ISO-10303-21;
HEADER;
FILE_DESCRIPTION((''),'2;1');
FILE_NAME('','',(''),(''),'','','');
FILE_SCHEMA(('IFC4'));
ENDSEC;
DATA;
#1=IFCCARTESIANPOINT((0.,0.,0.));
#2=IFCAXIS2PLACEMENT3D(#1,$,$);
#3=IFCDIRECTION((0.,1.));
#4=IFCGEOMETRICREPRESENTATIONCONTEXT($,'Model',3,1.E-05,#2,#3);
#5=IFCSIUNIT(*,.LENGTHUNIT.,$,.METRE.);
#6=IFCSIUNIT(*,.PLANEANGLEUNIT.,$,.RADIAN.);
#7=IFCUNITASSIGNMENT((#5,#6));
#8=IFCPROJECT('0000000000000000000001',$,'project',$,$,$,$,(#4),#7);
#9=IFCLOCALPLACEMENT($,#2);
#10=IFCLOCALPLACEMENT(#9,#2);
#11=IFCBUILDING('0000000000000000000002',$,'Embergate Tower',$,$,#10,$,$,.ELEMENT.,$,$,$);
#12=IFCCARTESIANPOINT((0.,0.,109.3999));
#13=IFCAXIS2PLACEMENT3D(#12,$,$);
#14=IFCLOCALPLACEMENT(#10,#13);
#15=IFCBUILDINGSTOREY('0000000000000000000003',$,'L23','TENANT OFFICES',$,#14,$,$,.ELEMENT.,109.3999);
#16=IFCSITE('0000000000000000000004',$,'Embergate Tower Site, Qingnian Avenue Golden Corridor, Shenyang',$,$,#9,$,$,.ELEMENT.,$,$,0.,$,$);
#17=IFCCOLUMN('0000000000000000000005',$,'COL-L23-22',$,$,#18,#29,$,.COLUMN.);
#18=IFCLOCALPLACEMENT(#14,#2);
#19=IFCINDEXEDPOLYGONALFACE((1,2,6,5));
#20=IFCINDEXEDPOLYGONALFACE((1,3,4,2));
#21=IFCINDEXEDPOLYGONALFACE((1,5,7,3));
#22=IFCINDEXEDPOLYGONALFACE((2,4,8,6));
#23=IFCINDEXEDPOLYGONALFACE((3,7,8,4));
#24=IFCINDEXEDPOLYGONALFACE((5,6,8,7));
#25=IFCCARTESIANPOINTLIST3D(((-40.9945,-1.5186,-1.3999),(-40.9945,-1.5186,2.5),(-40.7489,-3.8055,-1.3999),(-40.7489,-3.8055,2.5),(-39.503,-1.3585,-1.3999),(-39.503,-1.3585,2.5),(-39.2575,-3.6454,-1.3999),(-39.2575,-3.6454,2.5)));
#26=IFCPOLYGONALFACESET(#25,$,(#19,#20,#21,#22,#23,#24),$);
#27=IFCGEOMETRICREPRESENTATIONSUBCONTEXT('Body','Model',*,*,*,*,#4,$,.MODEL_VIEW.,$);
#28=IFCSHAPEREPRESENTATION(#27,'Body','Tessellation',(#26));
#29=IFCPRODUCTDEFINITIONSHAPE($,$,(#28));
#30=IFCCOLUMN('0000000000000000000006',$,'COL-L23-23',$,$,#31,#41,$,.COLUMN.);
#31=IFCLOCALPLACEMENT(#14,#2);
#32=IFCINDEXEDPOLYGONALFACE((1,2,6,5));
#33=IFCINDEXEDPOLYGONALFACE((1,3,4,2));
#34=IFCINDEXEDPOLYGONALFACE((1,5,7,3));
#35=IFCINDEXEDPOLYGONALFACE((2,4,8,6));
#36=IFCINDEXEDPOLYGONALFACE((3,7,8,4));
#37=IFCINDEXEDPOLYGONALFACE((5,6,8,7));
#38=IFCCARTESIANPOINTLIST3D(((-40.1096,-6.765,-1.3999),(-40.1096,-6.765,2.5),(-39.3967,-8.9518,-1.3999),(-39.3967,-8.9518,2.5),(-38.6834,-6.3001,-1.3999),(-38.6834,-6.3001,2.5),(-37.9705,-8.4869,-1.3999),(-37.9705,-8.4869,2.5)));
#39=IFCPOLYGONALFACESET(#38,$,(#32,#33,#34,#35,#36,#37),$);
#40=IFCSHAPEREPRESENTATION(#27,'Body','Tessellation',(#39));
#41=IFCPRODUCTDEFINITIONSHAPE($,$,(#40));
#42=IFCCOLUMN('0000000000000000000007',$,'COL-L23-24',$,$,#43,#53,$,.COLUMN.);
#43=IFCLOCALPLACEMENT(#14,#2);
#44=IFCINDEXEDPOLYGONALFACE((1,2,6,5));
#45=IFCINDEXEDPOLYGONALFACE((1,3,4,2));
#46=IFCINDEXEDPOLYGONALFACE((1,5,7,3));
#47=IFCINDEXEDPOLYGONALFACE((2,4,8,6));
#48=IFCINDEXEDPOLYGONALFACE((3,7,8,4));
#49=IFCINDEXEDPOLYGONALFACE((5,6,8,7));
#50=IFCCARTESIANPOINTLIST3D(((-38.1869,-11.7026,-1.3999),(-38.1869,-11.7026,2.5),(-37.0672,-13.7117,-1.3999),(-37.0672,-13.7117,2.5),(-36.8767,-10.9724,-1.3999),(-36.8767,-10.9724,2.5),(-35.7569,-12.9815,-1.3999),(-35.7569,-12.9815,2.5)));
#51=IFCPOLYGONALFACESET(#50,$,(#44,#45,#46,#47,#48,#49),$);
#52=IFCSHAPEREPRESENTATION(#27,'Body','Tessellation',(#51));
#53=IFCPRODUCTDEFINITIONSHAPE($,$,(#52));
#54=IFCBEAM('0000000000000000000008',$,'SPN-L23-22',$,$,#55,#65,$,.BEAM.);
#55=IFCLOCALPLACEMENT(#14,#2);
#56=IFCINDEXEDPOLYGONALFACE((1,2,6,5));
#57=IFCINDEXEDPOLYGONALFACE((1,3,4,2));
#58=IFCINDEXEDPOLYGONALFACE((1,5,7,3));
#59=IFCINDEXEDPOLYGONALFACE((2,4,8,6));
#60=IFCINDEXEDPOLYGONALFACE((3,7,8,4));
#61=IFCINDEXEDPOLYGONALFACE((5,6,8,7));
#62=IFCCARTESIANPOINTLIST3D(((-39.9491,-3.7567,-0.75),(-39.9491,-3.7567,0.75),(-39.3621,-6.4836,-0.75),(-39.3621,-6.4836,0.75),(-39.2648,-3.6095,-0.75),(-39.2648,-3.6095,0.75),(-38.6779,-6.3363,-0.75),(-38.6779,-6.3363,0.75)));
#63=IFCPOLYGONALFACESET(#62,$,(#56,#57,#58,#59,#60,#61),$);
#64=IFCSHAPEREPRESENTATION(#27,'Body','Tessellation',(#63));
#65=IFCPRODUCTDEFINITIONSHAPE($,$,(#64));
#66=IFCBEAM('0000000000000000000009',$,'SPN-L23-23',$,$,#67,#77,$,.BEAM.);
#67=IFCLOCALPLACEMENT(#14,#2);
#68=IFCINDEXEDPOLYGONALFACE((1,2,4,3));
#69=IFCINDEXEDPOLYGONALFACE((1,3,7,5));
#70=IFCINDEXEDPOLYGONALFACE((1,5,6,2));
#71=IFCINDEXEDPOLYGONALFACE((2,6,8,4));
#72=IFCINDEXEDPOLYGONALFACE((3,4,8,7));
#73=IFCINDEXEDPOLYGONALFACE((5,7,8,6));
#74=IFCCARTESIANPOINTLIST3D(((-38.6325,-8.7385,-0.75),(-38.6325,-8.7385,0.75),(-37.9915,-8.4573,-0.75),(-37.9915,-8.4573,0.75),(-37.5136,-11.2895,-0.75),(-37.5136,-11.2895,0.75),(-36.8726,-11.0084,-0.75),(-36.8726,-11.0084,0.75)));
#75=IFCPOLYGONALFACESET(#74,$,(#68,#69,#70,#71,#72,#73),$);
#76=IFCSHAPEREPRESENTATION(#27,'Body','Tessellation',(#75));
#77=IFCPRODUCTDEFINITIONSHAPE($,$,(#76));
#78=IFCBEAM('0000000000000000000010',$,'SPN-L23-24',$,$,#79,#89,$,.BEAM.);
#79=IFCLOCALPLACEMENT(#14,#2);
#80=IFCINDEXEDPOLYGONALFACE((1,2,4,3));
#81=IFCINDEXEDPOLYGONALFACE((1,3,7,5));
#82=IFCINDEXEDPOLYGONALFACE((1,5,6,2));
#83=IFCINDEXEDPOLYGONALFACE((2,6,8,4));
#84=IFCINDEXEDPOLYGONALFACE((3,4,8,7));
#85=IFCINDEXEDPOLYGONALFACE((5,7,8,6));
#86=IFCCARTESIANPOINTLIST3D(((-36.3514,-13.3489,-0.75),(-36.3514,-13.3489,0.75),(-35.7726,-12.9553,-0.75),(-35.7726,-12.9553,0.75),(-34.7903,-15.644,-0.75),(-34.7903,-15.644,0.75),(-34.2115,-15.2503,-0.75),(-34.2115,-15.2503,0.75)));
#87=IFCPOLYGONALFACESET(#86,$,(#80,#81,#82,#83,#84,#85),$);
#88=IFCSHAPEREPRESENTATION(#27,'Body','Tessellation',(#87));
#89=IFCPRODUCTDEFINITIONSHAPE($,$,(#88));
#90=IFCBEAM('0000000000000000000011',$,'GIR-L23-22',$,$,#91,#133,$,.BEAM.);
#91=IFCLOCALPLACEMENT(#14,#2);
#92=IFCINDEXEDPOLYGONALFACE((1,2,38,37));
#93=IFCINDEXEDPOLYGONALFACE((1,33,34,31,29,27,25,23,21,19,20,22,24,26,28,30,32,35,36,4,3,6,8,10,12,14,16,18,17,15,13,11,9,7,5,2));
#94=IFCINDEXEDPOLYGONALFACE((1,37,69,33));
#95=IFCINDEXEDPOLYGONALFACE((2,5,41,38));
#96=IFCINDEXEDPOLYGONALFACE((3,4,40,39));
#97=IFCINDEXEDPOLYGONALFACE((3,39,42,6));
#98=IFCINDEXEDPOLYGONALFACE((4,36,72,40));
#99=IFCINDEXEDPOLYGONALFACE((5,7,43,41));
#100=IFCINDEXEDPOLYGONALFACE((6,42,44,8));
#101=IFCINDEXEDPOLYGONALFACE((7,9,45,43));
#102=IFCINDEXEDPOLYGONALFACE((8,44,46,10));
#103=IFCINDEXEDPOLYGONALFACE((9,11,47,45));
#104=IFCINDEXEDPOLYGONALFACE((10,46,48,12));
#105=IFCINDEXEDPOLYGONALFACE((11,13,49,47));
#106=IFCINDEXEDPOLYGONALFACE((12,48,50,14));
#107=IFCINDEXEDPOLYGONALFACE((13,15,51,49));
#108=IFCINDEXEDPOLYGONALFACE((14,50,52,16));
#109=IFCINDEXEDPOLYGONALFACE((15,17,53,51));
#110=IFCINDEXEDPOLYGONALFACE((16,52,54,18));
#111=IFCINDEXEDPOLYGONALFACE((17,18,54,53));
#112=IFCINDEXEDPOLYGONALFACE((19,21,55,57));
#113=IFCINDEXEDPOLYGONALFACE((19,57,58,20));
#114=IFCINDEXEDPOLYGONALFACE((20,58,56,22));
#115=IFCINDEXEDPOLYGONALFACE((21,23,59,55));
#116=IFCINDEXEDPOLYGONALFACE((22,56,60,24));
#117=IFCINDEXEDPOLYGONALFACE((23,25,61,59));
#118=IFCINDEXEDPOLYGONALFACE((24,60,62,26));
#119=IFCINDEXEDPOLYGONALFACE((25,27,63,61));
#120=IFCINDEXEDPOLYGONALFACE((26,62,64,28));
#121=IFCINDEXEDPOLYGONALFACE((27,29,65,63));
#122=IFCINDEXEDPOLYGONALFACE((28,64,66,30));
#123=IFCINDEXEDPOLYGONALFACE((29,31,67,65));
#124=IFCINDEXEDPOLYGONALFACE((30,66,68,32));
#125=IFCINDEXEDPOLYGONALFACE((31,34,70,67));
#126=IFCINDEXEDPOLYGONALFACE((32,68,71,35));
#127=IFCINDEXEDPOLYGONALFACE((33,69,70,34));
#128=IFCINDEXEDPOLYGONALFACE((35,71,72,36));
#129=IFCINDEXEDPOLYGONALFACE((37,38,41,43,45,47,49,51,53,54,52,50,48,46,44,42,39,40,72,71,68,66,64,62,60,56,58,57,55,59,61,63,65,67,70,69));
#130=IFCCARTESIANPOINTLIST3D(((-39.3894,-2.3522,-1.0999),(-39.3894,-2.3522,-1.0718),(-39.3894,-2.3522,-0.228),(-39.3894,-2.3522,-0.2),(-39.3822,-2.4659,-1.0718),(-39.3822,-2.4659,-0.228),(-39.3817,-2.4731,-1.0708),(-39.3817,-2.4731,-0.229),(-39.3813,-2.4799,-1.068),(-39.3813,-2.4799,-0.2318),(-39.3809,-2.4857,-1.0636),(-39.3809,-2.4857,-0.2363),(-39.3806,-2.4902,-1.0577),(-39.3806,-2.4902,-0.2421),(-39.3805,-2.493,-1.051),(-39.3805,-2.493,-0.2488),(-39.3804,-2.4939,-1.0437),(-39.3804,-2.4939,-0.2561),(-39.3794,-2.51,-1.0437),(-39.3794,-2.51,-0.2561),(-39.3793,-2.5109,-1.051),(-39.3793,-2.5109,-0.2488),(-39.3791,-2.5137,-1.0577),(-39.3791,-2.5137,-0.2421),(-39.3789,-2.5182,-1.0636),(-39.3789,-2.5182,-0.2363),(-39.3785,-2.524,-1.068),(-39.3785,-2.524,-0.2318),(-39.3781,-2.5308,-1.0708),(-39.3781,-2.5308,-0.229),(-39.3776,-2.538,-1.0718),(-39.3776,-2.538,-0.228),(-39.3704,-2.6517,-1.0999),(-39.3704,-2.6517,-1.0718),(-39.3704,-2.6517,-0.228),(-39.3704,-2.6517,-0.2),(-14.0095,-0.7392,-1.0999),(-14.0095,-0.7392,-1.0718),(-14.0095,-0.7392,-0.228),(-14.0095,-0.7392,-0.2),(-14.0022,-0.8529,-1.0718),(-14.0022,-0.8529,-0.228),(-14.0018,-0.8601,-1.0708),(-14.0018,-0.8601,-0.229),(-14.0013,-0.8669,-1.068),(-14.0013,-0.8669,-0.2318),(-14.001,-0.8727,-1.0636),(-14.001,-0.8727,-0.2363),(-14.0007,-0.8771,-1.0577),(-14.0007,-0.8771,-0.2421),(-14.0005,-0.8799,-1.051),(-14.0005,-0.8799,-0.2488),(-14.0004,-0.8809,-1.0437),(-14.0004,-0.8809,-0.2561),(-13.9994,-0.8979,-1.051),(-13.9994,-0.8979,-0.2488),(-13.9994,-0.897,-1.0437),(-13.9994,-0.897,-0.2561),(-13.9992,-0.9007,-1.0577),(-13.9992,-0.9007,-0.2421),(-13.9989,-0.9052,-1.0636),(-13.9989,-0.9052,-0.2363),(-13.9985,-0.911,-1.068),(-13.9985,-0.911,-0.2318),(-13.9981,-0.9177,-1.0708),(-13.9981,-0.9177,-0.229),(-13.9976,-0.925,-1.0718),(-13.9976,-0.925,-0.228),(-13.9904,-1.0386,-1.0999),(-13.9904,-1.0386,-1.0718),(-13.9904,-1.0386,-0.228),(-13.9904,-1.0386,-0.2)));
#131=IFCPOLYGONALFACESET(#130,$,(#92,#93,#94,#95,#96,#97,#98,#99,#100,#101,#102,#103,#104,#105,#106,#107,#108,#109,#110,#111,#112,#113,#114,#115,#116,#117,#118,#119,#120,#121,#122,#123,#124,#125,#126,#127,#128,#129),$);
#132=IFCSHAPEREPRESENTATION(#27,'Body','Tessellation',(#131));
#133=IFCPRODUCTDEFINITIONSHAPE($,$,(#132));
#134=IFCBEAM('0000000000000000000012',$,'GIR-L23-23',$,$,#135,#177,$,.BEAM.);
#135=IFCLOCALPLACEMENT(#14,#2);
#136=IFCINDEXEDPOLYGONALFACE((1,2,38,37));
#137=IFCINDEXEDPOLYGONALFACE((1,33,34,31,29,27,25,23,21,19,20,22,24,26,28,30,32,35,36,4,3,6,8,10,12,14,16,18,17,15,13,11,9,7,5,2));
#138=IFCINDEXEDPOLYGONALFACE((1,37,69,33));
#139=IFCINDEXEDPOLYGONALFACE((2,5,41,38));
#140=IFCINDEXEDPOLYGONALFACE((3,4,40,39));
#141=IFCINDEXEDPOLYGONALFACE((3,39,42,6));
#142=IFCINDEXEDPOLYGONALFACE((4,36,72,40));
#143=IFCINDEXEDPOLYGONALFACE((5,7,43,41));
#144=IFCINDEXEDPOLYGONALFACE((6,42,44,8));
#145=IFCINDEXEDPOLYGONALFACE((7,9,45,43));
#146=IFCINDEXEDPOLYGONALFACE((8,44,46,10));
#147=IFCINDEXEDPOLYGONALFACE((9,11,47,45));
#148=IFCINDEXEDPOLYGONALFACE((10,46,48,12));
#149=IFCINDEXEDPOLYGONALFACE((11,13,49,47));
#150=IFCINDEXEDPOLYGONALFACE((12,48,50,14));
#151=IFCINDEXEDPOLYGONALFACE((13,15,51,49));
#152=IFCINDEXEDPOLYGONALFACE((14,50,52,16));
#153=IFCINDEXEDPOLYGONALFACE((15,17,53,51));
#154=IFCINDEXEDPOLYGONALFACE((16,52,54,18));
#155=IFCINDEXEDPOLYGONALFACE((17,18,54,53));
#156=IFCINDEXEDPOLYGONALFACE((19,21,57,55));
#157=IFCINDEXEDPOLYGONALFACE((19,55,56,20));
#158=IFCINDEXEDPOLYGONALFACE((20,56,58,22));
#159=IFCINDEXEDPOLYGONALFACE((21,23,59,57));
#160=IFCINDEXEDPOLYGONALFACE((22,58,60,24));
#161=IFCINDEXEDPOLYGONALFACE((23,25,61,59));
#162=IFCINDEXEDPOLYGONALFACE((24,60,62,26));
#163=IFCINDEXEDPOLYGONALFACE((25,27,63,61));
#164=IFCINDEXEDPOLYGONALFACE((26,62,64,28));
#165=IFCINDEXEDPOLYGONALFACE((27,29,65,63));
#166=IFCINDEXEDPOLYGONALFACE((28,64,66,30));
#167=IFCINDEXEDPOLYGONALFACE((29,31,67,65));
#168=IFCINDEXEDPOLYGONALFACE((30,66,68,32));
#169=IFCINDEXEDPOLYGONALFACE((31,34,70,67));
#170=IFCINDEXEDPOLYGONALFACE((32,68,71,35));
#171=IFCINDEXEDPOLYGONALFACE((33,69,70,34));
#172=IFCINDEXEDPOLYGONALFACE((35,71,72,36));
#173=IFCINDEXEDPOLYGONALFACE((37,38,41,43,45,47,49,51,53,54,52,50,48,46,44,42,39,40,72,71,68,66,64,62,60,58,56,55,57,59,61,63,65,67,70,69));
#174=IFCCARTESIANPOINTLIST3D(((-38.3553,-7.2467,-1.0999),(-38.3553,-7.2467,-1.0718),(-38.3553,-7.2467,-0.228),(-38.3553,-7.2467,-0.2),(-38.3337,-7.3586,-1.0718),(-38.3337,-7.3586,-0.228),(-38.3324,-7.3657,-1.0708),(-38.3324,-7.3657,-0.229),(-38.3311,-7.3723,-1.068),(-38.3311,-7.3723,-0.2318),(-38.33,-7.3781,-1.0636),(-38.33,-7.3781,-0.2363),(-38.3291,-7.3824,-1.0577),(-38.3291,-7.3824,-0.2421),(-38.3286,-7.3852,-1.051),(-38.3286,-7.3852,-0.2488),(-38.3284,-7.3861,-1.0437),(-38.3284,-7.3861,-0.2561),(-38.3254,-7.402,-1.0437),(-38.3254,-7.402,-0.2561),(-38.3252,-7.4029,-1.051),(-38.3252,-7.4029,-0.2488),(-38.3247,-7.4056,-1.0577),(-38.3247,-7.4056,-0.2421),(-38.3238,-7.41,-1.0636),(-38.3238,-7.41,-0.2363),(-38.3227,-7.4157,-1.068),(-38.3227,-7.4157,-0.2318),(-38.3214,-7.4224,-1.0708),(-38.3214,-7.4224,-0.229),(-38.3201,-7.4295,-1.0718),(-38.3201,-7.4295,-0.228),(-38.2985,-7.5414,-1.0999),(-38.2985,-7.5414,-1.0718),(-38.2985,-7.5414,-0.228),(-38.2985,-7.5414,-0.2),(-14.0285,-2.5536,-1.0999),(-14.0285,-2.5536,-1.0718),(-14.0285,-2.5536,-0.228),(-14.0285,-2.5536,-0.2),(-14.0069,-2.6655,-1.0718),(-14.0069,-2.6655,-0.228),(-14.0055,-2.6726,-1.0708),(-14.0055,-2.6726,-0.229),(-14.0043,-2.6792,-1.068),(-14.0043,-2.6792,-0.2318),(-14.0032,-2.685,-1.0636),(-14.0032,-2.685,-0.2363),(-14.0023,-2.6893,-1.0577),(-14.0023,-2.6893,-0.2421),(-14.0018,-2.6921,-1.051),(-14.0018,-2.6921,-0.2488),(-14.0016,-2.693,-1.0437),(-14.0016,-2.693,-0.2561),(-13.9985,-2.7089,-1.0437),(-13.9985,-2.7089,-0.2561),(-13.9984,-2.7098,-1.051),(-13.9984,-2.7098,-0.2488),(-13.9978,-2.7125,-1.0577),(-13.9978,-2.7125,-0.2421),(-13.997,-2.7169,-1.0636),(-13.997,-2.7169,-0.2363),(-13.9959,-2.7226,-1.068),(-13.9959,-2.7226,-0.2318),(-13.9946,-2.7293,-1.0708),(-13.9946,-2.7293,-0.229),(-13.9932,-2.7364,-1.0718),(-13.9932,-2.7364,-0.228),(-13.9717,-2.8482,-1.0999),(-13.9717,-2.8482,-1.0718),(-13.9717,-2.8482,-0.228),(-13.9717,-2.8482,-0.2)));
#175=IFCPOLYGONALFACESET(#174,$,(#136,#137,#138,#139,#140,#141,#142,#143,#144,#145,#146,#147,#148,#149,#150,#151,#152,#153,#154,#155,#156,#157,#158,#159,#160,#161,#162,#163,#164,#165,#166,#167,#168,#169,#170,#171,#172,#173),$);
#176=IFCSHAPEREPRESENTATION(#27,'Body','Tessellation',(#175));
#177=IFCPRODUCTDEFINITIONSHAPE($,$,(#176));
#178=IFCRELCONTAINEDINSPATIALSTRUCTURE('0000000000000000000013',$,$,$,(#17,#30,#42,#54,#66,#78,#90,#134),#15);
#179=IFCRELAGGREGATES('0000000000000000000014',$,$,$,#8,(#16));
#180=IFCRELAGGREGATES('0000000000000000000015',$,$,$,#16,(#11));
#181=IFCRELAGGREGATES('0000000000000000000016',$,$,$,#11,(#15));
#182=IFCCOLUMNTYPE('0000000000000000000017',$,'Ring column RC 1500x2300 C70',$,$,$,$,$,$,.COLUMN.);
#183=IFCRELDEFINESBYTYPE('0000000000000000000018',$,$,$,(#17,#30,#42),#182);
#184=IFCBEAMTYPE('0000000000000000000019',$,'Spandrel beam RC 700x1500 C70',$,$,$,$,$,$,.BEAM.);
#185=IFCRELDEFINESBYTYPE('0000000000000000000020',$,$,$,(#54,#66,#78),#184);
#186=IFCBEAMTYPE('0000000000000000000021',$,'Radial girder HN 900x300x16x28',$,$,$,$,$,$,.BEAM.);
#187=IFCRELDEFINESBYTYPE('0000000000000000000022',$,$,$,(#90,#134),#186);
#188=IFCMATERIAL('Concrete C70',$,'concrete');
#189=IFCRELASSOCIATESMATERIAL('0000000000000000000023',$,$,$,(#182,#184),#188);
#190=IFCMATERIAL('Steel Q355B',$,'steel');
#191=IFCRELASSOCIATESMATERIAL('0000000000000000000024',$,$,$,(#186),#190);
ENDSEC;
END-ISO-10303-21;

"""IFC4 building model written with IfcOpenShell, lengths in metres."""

from ifc_helpers import new_model, si_unit, direction, frame, origin, origin_2d, place, context, subcontext, project, spatial, rectangle, i_section, extrude, source, transform, mapped, material, material_profile, profile_set, type_object, element, save


model = new_model("IFC4")

# Units and contexts
model_context = context("Model", 3, precision=1e-05, world=origin(), true_north=direction((0.0, 1.0)))
body_context = subcontext(model_context, "Body", "Model", "MODEL_VIEW")
ifc_project = project(units=[si_unit("LENGTHUNIT", "METRE"), si_unit("PLANEANGLEUNIT", "RADIAN")], contexts=[model_context])

# Site, building, storey
site_placement = place(None, origin())
site = spatial("IfcSite", under=ifc_project, at=site_placement, Name="Embergate Tower Site, Qingnian Avenue Golden Corridor, Shenyang", CompositionType="ELEMENT", RefElevation=0.0)
building_placement = place(site_placement, origin())
building = spatial("IfcBuilding", under=site, at=building_placement, Name="Embergate Tower", CompositionType="ELEMENT")
storey_placement = place(building_placement, frame((0.0, 0.0, 109.3999)))
storey = spatial("IfcBuildingStorey", under=building, at=storey_placement, Name="L23", Description="TENANT OFFICES", CompositionType="ELEMENT", Elevation=109.3999)

# Columns
ifc_material_1 = material(Name="Concrete C70", Category="concrete")
ifc_material_profile_1 = material_profile(ifc_material_1, rectangle(XDim=1.5, YDim=2.3, at=origin_2d()), Name="RC 1500x2300")
ifc_profile_set_1 = profile_set([ifc_material_profile_1], Name="Concrete C70")
column_type = type_object("IfcColumnType", Name="Ring column RC 1500x2300 C70", PredefinedType="COLUMN", material=ifc_profile_set_1)
shared_shape_1 = source(origin(), body_context, "Body", "SweptSolid", [
    extrude(rectangle(XDim=1.5, YDim=2.3, at=origin_2d()), origin(), (0.0, 0.0, 1.0), 3.8999),
])
for number, where, z_axis, x_axis, name in (
    (1, (-40.126, -2.582, -1.3999), (0.0, 0.0, 1.0), (-0.994286, -0.10675, 0.0), "COL-L23-22"),
    (2, (-39.04, -7.626, -1.3999), (0.0, 0.0, 1.0), (-0.950754, -0.309946, 0.0), "COL-L23-23"),
    (3, (-36.9719, -12.342, -1.3999), (0.0, 0.0, 1.0), (-0.8735, -0.486823, 0.0), "COL-L23-24"),
):
    element("IfcColumn", number, at=place(storey_placement, frame(where, z_axis=z_axis, x_axis=x_axis)), inside=storey, type_object=column_type, Name=name, PredefinedType="COLUMN", context=body_context, shape_type="MappedRepresentation", body=[
        mapped(shared_shape_1, transform((0.0, 0.0, 0.0))),
    ])

# Beams
ifc_material_profile_2 = material_profile(ifc_material_1, rectangle(XDim=0.7, YDim=1.5, at=origin_2d()), Name="RC 700x1500")
ifc_profile_set_2 = profile_set([ifc_material_profile_2], Name="Concrete C70")
beam_type_1 = type_object("IfcBeamType", Name="Spandrel beam RC 700x1500 C70", PredefinedType="BEAM", material=ifc_profile_set_2)
shared_shape_2 = source(origin(), body_context, "Body", "SweptSolid", [
    extrude(rectangle(XDim=0.7, YDim=1.5, at=origin_2d()), origin(), (0.0, 0.0, 1.0), 2.7893),
])
beam_1_placement = place(storey_placement, frame((-39.6069, -3.6831, 0.0), z_axis=(0.21042, -0.977611, 0.0), x_axis=(0.977611, 0.21042, 0.0)))
element("IfcBeam", 4, at=beam_1_placement, inside=storey, type_object=beam_type_1, Name="SPN-L23-22", PredefinedType="BEAM", context=body_context, shape_type="MappedRepresentation", body=[
    mapped(shared_shape_2, transform((0.0, 0.0, 0.0))),
])
shared_shape_3 = source(origin(), body_context, "Body", "SweptSolid", [
    extrude(rectangle(XDim=0.7, YDim=1.5, at=origin_2d()), origin(), (0.0, 0.0, 1.0), 2.7856),
])
beam_2_placement = place(storey_placement, frame((-38.312, -8.5979, 0.0), z_axis=(0.401669, -0.915785, 0.0), x_axis=(0.915785, 0.401669, 0.0)))
element("IfcBeam", 5, at=beam_2_placement, inside=storey, type_object=beam_type_1, Name="SPN-L23-23", PredefinedType="BEAM", context=body_context, shape_type="MappedRepresentation", body=[
    mapped(shared_shape_3, transform((0.0, 0.0, 0.0))),
])
shared_shape_4 = source(origin(), body_context, "Body", "SweptSolid", [
    extrude(rectangle(XDim=0.7, YDim=1.5, at=origin_2d()), origin(), (0.0, 0.0, 1.0), 2.7756),
])
beam_3_placement = place(storey_placement, frame((-36.062, -13.1521, 0.0), z_axis=(0.56243, -0.826845, 0.0), x_axis=(0.826845, 0.56243, 0.0)))
element("IfcBeam", 6, at=beam_3_placement, inside=storey, type_object=beam_type_1, Name="SPN-L23-24", PredefinedType="BEAM", context=body_context, shape_type="MappedRepresentation", body=[
    mapped(shared_shape_4, transform((0.0, 0.0, 0.0))),
])
ifc_material_2 = material(Name="Steel Q355B", Category="steel")
ifc_material_profile_3 = material_profile(ifc_material_2, i_section(OverallWidth=0.3, OverallDepth=0.8999, WebThickness=0.0161, FlangeThickness=0.0281, FilletRadius=0.0281, at=origin_2d()), Name="HN 900x300x16x28")
ifc_profile_set_3 = profile_set([ifc_material_profile_3], Name="Steel Q355 grade B")
beam_type_2 = type_object("IfcBeamType", Name="Radial girder HN 900x300x16x28", PredefinedType="BEAM", material=ifc_profile_set_3)
shared_shape_5 = source(origin(), body_context, "Body", "SweptSolid", [
    extrude(i_section(OverallWidth=0.3, OverallDepth=0.8999, WebThickness=0.0161, FlangeThickness=0.0281, FilletRadius=0.0281, at=origin_2d()), origin(), (0.0, 0.0, 1.0), 25.4312),
])
beam_4_placement = place(storey_placement, frame((-39.3799, -2.502, -0.6499), z_axis=(0.997986, 0.063428, 0.0), x_axis=(-0.063428, 0.997986, 0.0)))
element("IfcBeam", 7, at=beam_4_placement, inside=storey, type_object=beam_type_2, Name="GIR-L23-22", PredefinedType="BEAM", context=body_context, shape_type="MappedRepresentation", body=[
    mapped(shared_shape_5, transform((0.0, 0.0, 0.0))),
])
shared_shape_6 = source(origin(), body_context, "Body", "SweptSolid", [
    extrude(i_section(OverallWidth=0.3, OverallDepth=0.8999, WebThickness=0.0161, FlangeThickness=0.0281, FilletRadius=0.0281, at=origin_2d()), origin(), (0.0, 0.0, 1.0), 24.7754),
])
beam_5_placement = place(storey_placement, frame((-38.3269, -7.394, -0.6499), z_axis=(0.981895, 0.189426, 0.0), x_axis=(-0.189426, 0.981895, 0.0)))
element("IfcBeam", 8, at=beam_5_placement, inside=storey, type_object=beam_type_2, Name="GIR-L23-23", PredefinedType="BEAM", context=body_context, shape_type="MappedRepresentation", body=[
    mapped(shared_shape_6, transform((0.0, 0.0, 0.0))),
])

save(model, "model.ifc")
